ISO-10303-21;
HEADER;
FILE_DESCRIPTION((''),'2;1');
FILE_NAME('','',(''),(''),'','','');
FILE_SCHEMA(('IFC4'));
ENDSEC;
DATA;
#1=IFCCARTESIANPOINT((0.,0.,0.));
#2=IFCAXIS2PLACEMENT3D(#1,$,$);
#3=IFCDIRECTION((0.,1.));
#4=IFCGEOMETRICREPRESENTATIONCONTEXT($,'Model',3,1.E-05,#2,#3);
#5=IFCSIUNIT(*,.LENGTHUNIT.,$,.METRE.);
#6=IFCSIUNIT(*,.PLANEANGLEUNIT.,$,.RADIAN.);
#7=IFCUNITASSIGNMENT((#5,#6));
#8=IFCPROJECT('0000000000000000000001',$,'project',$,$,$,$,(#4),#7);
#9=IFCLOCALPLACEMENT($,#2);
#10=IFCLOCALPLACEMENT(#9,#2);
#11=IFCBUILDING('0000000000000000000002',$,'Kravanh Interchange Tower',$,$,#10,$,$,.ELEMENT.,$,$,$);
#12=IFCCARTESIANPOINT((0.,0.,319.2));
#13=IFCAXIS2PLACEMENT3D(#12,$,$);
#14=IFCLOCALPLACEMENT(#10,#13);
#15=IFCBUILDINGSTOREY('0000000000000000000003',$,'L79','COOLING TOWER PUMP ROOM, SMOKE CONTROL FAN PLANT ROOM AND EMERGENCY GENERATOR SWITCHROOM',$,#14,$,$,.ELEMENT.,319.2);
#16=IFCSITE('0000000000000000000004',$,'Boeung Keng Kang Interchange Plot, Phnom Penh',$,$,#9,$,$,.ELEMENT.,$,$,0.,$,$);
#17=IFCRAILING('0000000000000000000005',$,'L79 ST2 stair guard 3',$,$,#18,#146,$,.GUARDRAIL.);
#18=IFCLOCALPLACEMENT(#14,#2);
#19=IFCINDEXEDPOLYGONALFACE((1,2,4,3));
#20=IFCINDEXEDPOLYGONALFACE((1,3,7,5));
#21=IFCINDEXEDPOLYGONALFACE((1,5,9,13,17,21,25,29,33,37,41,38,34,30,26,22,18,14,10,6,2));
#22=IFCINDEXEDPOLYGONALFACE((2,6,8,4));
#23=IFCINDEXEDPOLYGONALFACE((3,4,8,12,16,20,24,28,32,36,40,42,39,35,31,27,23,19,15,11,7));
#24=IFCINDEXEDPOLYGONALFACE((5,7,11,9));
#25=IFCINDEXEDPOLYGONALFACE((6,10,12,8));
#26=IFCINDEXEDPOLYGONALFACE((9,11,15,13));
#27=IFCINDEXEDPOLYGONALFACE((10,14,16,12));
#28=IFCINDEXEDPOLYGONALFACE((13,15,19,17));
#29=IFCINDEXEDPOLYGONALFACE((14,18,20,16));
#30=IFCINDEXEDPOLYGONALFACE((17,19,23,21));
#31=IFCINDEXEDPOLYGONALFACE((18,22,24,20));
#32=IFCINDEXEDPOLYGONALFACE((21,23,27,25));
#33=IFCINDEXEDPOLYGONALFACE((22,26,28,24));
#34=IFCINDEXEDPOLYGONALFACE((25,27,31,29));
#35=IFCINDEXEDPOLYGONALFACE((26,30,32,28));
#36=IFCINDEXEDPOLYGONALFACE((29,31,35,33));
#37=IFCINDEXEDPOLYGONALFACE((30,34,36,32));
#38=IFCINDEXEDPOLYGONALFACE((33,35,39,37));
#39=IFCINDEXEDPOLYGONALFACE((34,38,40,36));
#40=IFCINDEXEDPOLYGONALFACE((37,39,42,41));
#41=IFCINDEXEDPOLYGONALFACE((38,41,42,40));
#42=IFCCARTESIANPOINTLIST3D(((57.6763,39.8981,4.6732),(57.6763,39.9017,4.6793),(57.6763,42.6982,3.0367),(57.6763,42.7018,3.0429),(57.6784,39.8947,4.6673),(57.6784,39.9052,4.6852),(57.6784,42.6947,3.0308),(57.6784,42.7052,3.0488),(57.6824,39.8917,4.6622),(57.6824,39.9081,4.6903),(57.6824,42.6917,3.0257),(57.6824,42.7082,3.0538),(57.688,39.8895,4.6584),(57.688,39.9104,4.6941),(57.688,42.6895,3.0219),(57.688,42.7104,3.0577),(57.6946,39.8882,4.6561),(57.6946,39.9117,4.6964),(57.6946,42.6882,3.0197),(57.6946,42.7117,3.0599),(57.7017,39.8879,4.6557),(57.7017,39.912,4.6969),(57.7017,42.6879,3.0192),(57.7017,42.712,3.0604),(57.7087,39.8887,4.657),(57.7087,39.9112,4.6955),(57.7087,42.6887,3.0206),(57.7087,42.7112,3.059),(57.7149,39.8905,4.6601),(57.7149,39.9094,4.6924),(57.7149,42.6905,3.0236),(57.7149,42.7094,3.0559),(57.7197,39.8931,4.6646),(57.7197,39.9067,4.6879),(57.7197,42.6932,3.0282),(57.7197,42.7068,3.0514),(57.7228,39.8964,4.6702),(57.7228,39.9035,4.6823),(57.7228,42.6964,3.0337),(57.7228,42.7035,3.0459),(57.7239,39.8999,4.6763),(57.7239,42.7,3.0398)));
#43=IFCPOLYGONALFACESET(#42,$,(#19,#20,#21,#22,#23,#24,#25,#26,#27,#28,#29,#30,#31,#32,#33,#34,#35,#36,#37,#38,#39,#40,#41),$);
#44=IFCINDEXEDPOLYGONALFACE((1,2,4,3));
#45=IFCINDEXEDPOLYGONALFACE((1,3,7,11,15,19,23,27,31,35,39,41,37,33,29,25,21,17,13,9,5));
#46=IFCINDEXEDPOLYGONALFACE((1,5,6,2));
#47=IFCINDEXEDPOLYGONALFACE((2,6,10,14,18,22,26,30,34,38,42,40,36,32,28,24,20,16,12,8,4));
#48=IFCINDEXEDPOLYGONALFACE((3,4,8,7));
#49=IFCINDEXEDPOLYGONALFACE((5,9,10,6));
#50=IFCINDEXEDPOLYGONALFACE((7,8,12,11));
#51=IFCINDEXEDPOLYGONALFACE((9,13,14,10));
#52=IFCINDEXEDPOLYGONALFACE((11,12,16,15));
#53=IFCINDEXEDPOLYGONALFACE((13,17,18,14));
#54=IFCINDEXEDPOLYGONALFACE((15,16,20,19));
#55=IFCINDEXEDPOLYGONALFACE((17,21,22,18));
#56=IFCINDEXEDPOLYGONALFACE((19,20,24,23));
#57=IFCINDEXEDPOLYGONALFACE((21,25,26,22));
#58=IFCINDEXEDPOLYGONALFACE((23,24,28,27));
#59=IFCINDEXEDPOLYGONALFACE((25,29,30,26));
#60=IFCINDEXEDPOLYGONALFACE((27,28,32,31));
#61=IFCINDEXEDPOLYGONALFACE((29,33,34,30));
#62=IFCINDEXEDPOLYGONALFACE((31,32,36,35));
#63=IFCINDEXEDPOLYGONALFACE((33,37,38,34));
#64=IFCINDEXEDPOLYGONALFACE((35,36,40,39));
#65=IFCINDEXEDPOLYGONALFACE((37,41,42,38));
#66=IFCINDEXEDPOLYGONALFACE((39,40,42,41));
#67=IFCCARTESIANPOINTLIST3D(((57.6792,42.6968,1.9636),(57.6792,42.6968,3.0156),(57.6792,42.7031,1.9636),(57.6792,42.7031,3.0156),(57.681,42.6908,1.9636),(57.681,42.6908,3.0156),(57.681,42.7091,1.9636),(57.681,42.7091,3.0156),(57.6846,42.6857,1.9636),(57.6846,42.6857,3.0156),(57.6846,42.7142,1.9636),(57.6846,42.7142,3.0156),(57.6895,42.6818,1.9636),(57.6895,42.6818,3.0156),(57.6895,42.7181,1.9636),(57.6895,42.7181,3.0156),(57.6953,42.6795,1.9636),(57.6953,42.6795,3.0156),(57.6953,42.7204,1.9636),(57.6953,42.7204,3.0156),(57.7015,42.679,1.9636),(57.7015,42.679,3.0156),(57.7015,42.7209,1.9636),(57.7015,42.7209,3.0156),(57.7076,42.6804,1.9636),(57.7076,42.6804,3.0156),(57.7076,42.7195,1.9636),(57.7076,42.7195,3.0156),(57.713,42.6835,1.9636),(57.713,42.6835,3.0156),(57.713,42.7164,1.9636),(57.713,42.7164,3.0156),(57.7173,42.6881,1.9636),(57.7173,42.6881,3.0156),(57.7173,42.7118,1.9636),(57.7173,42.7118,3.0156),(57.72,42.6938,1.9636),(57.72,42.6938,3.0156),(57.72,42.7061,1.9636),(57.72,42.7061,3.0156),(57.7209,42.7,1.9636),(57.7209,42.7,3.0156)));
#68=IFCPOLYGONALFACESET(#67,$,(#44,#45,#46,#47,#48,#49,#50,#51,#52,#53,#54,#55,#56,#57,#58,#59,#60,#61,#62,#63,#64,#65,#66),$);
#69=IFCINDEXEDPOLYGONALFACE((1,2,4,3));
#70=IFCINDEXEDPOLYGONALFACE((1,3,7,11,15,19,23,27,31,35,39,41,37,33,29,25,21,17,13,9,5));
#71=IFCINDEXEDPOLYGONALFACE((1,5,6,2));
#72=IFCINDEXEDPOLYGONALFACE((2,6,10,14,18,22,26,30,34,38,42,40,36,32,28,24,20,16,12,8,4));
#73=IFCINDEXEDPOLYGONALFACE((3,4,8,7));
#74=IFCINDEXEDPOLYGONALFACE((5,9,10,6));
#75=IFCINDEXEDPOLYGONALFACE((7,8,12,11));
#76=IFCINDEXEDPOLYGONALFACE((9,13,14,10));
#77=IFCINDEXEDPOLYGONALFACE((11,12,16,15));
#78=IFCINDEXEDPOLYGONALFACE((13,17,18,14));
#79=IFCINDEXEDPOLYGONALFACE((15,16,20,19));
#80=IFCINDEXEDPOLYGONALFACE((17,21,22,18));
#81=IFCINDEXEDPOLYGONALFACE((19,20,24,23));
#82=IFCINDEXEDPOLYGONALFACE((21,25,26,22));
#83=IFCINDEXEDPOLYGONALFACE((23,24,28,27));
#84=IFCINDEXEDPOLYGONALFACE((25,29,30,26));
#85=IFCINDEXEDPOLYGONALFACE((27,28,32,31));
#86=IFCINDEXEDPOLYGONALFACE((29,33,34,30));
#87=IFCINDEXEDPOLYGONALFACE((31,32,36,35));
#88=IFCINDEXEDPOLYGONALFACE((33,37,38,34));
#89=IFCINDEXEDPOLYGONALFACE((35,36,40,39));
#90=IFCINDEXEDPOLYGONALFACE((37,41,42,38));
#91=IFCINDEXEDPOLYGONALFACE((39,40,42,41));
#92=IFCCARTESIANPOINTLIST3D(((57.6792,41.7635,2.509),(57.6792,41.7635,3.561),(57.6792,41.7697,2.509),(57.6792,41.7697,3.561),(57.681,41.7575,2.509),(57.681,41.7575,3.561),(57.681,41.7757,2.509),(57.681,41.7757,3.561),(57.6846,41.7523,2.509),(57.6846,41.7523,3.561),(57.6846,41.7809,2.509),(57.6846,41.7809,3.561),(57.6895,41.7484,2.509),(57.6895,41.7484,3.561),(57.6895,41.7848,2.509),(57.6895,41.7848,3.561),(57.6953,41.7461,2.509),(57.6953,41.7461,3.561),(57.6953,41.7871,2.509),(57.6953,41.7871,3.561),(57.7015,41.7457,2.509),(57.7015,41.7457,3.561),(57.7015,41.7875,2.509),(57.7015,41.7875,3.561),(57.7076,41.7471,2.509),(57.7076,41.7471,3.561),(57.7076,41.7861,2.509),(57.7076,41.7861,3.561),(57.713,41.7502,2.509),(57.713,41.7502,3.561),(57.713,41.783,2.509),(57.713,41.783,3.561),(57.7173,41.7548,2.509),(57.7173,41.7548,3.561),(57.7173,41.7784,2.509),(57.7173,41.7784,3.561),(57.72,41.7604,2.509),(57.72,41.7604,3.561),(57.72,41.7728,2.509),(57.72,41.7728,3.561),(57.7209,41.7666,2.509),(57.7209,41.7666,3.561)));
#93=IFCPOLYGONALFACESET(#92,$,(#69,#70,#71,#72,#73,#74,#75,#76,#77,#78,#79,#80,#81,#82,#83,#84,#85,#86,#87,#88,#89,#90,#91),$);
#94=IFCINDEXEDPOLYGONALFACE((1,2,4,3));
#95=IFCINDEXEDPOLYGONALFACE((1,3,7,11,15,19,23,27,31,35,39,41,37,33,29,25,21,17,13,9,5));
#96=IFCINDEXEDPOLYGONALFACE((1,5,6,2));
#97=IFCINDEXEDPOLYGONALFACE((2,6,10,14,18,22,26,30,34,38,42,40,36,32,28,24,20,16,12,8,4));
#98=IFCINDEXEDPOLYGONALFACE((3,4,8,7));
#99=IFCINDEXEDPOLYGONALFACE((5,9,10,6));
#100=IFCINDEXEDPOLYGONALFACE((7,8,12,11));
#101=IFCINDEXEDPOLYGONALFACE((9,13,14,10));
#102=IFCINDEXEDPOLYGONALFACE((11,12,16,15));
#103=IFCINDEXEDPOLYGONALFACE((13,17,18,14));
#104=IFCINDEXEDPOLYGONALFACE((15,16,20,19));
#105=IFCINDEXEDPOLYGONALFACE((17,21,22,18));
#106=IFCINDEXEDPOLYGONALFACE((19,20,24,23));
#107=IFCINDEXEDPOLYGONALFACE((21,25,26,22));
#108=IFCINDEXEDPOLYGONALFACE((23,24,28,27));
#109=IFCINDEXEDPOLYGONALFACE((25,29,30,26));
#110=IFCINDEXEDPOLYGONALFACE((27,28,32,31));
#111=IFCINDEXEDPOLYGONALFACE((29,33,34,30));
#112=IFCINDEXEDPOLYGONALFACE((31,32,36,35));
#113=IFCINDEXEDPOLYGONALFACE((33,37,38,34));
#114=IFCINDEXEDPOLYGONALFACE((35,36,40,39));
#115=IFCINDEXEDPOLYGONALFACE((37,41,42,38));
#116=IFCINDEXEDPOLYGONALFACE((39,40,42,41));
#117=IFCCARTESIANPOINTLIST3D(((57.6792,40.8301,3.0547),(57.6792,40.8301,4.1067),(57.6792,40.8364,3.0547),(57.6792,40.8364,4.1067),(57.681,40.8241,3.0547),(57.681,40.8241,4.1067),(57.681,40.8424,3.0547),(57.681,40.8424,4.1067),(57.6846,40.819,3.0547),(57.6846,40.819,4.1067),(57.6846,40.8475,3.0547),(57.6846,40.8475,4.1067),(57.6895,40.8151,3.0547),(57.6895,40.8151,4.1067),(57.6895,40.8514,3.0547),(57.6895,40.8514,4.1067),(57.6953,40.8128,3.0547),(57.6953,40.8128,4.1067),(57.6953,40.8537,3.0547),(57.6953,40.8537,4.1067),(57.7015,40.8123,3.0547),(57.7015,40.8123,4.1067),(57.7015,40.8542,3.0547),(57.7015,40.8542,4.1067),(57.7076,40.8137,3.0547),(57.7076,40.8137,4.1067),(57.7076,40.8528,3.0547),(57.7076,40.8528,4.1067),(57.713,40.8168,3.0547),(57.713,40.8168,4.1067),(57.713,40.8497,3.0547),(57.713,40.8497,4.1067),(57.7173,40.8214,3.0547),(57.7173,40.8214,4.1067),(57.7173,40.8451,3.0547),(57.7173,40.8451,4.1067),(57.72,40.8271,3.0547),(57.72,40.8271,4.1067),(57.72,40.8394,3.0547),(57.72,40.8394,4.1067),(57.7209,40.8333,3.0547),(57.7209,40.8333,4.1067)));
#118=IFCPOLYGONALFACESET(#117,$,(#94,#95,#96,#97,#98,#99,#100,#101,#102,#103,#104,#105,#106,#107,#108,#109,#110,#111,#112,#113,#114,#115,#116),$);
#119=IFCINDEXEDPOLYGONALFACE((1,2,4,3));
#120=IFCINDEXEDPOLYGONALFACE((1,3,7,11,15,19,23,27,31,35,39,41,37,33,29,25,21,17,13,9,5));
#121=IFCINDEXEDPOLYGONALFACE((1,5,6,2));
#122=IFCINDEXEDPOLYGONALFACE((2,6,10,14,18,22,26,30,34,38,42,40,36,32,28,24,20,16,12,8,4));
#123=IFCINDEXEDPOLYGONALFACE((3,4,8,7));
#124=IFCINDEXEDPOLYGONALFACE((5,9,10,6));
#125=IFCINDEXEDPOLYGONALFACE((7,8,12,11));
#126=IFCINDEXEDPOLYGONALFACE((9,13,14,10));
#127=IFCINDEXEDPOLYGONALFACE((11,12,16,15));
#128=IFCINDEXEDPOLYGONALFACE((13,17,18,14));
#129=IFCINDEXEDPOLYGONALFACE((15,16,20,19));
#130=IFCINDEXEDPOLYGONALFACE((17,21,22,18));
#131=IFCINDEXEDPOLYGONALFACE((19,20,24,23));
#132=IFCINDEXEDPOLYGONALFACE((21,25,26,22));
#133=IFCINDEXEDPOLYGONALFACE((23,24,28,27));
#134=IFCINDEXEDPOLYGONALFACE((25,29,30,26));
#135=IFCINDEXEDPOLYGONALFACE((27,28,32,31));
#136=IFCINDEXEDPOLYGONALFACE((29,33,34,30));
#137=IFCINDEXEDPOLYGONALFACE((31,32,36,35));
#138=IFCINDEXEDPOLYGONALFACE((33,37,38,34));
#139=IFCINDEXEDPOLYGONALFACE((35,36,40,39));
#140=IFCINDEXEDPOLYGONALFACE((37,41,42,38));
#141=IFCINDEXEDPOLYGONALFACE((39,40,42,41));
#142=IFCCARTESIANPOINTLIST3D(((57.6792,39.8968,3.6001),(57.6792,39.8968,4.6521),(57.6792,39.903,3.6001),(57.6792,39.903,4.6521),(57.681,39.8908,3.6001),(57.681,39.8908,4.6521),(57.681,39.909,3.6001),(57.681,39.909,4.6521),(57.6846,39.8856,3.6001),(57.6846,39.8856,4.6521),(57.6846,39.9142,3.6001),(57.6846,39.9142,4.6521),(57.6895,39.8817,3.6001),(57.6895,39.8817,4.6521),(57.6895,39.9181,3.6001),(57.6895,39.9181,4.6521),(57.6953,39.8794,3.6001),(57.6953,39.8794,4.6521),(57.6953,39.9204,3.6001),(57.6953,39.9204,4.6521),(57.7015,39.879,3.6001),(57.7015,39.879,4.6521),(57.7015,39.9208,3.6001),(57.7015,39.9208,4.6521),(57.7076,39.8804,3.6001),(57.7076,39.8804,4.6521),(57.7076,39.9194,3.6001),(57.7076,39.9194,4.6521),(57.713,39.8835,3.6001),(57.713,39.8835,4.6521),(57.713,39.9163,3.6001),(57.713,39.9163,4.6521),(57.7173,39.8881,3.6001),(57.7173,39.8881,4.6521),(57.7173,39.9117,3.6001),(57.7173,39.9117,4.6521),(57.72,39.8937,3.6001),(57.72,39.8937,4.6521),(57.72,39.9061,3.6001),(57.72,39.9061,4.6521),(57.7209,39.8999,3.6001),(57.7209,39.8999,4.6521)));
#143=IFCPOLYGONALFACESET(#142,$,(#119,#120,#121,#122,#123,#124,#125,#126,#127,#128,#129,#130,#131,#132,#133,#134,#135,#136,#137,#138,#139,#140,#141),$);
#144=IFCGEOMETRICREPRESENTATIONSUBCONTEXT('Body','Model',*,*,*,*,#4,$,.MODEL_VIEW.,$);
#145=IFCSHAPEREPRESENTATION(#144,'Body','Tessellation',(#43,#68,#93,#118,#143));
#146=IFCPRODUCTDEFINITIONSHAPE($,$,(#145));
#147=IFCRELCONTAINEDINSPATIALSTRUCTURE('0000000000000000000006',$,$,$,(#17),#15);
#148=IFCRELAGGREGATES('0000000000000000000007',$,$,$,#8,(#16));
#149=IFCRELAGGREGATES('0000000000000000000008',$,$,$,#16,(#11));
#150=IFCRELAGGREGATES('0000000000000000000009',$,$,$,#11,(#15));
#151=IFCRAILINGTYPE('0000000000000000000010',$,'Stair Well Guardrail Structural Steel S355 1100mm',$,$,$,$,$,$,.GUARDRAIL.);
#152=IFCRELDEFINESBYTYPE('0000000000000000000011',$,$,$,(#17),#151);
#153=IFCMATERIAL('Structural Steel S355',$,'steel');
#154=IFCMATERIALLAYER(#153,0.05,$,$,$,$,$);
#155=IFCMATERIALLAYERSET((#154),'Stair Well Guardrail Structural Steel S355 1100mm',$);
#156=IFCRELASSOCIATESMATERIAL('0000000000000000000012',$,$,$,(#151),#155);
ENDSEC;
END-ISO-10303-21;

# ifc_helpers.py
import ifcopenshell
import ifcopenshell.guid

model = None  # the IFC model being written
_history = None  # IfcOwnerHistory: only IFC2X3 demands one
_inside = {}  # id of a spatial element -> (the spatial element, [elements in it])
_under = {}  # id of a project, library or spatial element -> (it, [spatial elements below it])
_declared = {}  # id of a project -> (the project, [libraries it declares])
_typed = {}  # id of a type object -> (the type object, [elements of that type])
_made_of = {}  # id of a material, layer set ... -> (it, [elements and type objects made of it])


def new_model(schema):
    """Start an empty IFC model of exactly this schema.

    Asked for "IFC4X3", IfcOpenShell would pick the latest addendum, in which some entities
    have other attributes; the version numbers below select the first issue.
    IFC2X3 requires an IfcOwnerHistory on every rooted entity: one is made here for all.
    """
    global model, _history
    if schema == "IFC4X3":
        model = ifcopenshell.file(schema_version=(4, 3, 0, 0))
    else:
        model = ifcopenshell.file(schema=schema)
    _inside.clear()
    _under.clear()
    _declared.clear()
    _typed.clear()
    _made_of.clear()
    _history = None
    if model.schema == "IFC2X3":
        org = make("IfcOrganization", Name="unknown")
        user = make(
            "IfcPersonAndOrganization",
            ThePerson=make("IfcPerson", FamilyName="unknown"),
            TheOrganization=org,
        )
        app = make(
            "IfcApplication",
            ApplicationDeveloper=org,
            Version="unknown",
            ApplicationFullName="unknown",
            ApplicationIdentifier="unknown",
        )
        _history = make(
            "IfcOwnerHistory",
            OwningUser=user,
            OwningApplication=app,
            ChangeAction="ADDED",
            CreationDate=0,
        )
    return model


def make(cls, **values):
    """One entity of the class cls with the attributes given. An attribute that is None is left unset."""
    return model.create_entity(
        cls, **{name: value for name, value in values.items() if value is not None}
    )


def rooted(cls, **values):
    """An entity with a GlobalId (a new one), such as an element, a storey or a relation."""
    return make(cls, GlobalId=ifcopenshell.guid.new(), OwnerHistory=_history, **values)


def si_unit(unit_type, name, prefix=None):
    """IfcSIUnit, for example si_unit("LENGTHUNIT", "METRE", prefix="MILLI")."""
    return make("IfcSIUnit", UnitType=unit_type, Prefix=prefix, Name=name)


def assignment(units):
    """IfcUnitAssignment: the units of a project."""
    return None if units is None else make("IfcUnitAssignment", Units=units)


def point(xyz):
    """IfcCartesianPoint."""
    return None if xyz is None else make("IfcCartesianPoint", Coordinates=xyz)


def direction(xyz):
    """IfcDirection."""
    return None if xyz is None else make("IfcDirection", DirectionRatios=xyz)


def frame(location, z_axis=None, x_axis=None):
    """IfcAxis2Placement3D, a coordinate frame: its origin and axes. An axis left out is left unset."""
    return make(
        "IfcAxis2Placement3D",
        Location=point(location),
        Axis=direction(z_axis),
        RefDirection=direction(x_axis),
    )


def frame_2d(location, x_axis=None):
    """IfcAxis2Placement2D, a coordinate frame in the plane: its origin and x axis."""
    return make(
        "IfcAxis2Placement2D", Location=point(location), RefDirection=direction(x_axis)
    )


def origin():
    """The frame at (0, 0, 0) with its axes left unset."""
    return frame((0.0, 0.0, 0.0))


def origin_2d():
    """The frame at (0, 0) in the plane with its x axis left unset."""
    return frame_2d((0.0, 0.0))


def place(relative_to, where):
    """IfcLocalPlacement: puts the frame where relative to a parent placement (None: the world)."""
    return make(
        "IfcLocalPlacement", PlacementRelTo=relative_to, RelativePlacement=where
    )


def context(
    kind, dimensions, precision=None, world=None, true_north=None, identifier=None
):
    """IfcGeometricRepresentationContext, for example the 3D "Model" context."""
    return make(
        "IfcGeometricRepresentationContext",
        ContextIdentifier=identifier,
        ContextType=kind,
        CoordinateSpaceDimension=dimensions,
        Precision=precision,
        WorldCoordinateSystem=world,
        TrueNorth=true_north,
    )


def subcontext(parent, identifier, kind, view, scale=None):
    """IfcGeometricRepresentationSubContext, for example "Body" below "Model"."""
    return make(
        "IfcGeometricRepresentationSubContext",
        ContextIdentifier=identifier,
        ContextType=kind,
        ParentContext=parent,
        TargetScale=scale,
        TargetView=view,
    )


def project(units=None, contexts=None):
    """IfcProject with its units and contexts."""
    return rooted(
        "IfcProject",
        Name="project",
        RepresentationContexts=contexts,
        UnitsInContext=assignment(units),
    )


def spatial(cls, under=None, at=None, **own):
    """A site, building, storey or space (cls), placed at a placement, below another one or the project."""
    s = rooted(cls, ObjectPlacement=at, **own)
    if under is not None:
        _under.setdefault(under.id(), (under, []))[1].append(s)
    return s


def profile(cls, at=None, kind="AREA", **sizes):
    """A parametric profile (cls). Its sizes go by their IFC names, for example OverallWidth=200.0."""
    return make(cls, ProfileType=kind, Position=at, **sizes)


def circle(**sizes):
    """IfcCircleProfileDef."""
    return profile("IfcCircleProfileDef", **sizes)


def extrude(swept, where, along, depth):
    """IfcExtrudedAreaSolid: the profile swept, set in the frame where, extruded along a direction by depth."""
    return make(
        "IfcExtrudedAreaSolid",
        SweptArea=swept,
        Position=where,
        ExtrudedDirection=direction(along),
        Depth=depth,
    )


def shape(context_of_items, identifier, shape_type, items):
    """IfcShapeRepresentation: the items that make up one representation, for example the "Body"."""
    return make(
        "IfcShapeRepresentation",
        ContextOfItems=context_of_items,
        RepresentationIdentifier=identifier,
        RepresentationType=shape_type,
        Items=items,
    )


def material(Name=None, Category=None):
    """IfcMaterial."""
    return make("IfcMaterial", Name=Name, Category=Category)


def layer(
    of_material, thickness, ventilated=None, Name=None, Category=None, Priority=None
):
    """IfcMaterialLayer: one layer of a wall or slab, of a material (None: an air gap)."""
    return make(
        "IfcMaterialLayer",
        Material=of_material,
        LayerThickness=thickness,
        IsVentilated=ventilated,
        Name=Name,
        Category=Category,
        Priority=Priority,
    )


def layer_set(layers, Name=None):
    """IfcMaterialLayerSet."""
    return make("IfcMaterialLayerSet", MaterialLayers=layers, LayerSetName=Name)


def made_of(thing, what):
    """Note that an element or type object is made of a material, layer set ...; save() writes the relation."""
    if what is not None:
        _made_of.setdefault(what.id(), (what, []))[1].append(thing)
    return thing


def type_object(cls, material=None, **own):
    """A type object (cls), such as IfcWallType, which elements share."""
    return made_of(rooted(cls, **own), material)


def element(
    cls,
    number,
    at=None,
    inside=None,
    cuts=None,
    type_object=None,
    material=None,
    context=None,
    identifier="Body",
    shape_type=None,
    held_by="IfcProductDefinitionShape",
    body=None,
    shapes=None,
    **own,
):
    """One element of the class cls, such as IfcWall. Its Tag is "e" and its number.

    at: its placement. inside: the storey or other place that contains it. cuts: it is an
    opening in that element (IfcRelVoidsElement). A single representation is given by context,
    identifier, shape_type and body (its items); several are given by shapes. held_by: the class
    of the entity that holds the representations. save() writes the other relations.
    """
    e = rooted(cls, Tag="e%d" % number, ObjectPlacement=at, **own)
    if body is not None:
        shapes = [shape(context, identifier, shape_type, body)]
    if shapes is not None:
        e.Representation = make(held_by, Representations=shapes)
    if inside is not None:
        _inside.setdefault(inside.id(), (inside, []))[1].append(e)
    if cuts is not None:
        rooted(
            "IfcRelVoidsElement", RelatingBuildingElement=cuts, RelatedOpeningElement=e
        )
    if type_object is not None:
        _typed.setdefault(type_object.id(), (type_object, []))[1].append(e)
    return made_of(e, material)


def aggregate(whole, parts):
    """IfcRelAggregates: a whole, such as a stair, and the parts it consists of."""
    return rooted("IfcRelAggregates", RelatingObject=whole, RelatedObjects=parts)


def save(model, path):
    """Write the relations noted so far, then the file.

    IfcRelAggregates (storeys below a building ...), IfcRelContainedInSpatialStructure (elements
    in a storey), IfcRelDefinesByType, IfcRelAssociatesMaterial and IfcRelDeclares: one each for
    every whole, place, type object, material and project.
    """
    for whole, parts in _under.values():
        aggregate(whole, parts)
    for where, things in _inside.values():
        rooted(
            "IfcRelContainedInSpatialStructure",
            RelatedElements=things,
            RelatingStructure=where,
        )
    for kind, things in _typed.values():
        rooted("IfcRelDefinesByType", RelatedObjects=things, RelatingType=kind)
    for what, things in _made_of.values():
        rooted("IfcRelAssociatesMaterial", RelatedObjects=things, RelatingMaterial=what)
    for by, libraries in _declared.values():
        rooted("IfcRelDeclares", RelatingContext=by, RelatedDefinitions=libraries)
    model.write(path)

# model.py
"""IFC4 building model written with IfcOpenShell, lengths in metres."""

from ifc_helpers import new_model, si_unit, direction, frame, origin, origin_2d, place, context, subcontext, project, spatial, circle, extrude, material, layer, layer_set, type_object, element, save


model = new_model("IFC4")

# Units and contexts
model_context = context("Model", 3, precision=1e-05, world=origin(), true_north=direction((0.0, 1.0)))
body_context = subcontext(model_context, "Body", "Model", "MODEL_VIEW")
ifc_project = project(units=[si_unit("LENGTHUNIT", "METRE"), si_unit("PLANEANGLEUNIT", "RADIAN")], contexts=[model_context])

# Site, building, storey
site_placement = place(None, origin())
site = spatial("IfcSite", under=ifc_project, at=site_placement, Name="Boeung Keng Kang Interchange Plot, Phnom Penh", CompositionType="ELEMENT", RefElevation=0.0)
building_placement = place(site_placement, origin())
building = spatial("IfcBuilding", under=site, at=building_placement, Name="Kravanh Interchange Tower", CompositionType="ELEMENT")
storey_placement = place(building_placement, frame((0.0, 0.0, 319.2)))
storey = spatial("IfcBuildingStorey", under=building, at=storey_placement, Name="L79", Description="COOLING TOWER PUMP ROOM, SMOKE CONTROL FAN PLANT ROOM AND EMERGENCY GENERATOR SWITCHROOM", CompositionType="ELEMENT", Elevation=319.2)

# Railing
ifc_material_1 = material(Name="Structural Steel S355", Category="steel")
ifc_layer_1 = layer(ifc_material_1, 0.05)
ifc_layer_set_1 = layer_set([ifc_layer_1], Name="Stair Well Guardrail Structural Steel S355 1100mm")
railing_type_1 = type_object("IfcRailingType", Name="Stair Well Guardrail Structural Steel S355 1100mm", PredefinedType="GUARDRAIL", material=ifc_layer_set_1)
railing_1_placement = place(storey_placement, frame((57.7, 42.7, 1.9636)))
element("IfcRailing", 1, at=railing_1_placement, inside=storey, type_object=railing_type_1, Name="L79 ST2 stair guard 3", PredefinedType="GUARDRAIL", context=body_context, shape_type="SweptSolid", body=[
    extrude(circle(Radius=0.0239, at=origin_2d()), frame((0.0, 0.0, 1.0762), z_axis=(0.0, -0.863361, 0.504587), x_axis=(1.0, 0.0, 0.0)), (0.0, 0.0, 1.0), 3.2432),
    extrude(circle(Radius=0.021, at=origin_2d()), origin(), (0.0, 0.0, 1.0), 1.052),
    extrude(circle(Radius=0.021, at=origin_2d()), frame((0.0, -0.9333, 0.5454)), (0.0, 0.0, 1.0), 1.052),
    extrude(circle(Radius=0.021, at=origin_2d()), frame((0.0, -1.8667, 1.0911)), (0.0, 0.0, 1.0), 1.052),
    extrude(circle(Radius=0.021, at=origin_2d()), frame((0.0, -2.8, 1.6365)), (0.0, 0.0, 1.0), 1.052),
])

save(model, "model.ifc")
